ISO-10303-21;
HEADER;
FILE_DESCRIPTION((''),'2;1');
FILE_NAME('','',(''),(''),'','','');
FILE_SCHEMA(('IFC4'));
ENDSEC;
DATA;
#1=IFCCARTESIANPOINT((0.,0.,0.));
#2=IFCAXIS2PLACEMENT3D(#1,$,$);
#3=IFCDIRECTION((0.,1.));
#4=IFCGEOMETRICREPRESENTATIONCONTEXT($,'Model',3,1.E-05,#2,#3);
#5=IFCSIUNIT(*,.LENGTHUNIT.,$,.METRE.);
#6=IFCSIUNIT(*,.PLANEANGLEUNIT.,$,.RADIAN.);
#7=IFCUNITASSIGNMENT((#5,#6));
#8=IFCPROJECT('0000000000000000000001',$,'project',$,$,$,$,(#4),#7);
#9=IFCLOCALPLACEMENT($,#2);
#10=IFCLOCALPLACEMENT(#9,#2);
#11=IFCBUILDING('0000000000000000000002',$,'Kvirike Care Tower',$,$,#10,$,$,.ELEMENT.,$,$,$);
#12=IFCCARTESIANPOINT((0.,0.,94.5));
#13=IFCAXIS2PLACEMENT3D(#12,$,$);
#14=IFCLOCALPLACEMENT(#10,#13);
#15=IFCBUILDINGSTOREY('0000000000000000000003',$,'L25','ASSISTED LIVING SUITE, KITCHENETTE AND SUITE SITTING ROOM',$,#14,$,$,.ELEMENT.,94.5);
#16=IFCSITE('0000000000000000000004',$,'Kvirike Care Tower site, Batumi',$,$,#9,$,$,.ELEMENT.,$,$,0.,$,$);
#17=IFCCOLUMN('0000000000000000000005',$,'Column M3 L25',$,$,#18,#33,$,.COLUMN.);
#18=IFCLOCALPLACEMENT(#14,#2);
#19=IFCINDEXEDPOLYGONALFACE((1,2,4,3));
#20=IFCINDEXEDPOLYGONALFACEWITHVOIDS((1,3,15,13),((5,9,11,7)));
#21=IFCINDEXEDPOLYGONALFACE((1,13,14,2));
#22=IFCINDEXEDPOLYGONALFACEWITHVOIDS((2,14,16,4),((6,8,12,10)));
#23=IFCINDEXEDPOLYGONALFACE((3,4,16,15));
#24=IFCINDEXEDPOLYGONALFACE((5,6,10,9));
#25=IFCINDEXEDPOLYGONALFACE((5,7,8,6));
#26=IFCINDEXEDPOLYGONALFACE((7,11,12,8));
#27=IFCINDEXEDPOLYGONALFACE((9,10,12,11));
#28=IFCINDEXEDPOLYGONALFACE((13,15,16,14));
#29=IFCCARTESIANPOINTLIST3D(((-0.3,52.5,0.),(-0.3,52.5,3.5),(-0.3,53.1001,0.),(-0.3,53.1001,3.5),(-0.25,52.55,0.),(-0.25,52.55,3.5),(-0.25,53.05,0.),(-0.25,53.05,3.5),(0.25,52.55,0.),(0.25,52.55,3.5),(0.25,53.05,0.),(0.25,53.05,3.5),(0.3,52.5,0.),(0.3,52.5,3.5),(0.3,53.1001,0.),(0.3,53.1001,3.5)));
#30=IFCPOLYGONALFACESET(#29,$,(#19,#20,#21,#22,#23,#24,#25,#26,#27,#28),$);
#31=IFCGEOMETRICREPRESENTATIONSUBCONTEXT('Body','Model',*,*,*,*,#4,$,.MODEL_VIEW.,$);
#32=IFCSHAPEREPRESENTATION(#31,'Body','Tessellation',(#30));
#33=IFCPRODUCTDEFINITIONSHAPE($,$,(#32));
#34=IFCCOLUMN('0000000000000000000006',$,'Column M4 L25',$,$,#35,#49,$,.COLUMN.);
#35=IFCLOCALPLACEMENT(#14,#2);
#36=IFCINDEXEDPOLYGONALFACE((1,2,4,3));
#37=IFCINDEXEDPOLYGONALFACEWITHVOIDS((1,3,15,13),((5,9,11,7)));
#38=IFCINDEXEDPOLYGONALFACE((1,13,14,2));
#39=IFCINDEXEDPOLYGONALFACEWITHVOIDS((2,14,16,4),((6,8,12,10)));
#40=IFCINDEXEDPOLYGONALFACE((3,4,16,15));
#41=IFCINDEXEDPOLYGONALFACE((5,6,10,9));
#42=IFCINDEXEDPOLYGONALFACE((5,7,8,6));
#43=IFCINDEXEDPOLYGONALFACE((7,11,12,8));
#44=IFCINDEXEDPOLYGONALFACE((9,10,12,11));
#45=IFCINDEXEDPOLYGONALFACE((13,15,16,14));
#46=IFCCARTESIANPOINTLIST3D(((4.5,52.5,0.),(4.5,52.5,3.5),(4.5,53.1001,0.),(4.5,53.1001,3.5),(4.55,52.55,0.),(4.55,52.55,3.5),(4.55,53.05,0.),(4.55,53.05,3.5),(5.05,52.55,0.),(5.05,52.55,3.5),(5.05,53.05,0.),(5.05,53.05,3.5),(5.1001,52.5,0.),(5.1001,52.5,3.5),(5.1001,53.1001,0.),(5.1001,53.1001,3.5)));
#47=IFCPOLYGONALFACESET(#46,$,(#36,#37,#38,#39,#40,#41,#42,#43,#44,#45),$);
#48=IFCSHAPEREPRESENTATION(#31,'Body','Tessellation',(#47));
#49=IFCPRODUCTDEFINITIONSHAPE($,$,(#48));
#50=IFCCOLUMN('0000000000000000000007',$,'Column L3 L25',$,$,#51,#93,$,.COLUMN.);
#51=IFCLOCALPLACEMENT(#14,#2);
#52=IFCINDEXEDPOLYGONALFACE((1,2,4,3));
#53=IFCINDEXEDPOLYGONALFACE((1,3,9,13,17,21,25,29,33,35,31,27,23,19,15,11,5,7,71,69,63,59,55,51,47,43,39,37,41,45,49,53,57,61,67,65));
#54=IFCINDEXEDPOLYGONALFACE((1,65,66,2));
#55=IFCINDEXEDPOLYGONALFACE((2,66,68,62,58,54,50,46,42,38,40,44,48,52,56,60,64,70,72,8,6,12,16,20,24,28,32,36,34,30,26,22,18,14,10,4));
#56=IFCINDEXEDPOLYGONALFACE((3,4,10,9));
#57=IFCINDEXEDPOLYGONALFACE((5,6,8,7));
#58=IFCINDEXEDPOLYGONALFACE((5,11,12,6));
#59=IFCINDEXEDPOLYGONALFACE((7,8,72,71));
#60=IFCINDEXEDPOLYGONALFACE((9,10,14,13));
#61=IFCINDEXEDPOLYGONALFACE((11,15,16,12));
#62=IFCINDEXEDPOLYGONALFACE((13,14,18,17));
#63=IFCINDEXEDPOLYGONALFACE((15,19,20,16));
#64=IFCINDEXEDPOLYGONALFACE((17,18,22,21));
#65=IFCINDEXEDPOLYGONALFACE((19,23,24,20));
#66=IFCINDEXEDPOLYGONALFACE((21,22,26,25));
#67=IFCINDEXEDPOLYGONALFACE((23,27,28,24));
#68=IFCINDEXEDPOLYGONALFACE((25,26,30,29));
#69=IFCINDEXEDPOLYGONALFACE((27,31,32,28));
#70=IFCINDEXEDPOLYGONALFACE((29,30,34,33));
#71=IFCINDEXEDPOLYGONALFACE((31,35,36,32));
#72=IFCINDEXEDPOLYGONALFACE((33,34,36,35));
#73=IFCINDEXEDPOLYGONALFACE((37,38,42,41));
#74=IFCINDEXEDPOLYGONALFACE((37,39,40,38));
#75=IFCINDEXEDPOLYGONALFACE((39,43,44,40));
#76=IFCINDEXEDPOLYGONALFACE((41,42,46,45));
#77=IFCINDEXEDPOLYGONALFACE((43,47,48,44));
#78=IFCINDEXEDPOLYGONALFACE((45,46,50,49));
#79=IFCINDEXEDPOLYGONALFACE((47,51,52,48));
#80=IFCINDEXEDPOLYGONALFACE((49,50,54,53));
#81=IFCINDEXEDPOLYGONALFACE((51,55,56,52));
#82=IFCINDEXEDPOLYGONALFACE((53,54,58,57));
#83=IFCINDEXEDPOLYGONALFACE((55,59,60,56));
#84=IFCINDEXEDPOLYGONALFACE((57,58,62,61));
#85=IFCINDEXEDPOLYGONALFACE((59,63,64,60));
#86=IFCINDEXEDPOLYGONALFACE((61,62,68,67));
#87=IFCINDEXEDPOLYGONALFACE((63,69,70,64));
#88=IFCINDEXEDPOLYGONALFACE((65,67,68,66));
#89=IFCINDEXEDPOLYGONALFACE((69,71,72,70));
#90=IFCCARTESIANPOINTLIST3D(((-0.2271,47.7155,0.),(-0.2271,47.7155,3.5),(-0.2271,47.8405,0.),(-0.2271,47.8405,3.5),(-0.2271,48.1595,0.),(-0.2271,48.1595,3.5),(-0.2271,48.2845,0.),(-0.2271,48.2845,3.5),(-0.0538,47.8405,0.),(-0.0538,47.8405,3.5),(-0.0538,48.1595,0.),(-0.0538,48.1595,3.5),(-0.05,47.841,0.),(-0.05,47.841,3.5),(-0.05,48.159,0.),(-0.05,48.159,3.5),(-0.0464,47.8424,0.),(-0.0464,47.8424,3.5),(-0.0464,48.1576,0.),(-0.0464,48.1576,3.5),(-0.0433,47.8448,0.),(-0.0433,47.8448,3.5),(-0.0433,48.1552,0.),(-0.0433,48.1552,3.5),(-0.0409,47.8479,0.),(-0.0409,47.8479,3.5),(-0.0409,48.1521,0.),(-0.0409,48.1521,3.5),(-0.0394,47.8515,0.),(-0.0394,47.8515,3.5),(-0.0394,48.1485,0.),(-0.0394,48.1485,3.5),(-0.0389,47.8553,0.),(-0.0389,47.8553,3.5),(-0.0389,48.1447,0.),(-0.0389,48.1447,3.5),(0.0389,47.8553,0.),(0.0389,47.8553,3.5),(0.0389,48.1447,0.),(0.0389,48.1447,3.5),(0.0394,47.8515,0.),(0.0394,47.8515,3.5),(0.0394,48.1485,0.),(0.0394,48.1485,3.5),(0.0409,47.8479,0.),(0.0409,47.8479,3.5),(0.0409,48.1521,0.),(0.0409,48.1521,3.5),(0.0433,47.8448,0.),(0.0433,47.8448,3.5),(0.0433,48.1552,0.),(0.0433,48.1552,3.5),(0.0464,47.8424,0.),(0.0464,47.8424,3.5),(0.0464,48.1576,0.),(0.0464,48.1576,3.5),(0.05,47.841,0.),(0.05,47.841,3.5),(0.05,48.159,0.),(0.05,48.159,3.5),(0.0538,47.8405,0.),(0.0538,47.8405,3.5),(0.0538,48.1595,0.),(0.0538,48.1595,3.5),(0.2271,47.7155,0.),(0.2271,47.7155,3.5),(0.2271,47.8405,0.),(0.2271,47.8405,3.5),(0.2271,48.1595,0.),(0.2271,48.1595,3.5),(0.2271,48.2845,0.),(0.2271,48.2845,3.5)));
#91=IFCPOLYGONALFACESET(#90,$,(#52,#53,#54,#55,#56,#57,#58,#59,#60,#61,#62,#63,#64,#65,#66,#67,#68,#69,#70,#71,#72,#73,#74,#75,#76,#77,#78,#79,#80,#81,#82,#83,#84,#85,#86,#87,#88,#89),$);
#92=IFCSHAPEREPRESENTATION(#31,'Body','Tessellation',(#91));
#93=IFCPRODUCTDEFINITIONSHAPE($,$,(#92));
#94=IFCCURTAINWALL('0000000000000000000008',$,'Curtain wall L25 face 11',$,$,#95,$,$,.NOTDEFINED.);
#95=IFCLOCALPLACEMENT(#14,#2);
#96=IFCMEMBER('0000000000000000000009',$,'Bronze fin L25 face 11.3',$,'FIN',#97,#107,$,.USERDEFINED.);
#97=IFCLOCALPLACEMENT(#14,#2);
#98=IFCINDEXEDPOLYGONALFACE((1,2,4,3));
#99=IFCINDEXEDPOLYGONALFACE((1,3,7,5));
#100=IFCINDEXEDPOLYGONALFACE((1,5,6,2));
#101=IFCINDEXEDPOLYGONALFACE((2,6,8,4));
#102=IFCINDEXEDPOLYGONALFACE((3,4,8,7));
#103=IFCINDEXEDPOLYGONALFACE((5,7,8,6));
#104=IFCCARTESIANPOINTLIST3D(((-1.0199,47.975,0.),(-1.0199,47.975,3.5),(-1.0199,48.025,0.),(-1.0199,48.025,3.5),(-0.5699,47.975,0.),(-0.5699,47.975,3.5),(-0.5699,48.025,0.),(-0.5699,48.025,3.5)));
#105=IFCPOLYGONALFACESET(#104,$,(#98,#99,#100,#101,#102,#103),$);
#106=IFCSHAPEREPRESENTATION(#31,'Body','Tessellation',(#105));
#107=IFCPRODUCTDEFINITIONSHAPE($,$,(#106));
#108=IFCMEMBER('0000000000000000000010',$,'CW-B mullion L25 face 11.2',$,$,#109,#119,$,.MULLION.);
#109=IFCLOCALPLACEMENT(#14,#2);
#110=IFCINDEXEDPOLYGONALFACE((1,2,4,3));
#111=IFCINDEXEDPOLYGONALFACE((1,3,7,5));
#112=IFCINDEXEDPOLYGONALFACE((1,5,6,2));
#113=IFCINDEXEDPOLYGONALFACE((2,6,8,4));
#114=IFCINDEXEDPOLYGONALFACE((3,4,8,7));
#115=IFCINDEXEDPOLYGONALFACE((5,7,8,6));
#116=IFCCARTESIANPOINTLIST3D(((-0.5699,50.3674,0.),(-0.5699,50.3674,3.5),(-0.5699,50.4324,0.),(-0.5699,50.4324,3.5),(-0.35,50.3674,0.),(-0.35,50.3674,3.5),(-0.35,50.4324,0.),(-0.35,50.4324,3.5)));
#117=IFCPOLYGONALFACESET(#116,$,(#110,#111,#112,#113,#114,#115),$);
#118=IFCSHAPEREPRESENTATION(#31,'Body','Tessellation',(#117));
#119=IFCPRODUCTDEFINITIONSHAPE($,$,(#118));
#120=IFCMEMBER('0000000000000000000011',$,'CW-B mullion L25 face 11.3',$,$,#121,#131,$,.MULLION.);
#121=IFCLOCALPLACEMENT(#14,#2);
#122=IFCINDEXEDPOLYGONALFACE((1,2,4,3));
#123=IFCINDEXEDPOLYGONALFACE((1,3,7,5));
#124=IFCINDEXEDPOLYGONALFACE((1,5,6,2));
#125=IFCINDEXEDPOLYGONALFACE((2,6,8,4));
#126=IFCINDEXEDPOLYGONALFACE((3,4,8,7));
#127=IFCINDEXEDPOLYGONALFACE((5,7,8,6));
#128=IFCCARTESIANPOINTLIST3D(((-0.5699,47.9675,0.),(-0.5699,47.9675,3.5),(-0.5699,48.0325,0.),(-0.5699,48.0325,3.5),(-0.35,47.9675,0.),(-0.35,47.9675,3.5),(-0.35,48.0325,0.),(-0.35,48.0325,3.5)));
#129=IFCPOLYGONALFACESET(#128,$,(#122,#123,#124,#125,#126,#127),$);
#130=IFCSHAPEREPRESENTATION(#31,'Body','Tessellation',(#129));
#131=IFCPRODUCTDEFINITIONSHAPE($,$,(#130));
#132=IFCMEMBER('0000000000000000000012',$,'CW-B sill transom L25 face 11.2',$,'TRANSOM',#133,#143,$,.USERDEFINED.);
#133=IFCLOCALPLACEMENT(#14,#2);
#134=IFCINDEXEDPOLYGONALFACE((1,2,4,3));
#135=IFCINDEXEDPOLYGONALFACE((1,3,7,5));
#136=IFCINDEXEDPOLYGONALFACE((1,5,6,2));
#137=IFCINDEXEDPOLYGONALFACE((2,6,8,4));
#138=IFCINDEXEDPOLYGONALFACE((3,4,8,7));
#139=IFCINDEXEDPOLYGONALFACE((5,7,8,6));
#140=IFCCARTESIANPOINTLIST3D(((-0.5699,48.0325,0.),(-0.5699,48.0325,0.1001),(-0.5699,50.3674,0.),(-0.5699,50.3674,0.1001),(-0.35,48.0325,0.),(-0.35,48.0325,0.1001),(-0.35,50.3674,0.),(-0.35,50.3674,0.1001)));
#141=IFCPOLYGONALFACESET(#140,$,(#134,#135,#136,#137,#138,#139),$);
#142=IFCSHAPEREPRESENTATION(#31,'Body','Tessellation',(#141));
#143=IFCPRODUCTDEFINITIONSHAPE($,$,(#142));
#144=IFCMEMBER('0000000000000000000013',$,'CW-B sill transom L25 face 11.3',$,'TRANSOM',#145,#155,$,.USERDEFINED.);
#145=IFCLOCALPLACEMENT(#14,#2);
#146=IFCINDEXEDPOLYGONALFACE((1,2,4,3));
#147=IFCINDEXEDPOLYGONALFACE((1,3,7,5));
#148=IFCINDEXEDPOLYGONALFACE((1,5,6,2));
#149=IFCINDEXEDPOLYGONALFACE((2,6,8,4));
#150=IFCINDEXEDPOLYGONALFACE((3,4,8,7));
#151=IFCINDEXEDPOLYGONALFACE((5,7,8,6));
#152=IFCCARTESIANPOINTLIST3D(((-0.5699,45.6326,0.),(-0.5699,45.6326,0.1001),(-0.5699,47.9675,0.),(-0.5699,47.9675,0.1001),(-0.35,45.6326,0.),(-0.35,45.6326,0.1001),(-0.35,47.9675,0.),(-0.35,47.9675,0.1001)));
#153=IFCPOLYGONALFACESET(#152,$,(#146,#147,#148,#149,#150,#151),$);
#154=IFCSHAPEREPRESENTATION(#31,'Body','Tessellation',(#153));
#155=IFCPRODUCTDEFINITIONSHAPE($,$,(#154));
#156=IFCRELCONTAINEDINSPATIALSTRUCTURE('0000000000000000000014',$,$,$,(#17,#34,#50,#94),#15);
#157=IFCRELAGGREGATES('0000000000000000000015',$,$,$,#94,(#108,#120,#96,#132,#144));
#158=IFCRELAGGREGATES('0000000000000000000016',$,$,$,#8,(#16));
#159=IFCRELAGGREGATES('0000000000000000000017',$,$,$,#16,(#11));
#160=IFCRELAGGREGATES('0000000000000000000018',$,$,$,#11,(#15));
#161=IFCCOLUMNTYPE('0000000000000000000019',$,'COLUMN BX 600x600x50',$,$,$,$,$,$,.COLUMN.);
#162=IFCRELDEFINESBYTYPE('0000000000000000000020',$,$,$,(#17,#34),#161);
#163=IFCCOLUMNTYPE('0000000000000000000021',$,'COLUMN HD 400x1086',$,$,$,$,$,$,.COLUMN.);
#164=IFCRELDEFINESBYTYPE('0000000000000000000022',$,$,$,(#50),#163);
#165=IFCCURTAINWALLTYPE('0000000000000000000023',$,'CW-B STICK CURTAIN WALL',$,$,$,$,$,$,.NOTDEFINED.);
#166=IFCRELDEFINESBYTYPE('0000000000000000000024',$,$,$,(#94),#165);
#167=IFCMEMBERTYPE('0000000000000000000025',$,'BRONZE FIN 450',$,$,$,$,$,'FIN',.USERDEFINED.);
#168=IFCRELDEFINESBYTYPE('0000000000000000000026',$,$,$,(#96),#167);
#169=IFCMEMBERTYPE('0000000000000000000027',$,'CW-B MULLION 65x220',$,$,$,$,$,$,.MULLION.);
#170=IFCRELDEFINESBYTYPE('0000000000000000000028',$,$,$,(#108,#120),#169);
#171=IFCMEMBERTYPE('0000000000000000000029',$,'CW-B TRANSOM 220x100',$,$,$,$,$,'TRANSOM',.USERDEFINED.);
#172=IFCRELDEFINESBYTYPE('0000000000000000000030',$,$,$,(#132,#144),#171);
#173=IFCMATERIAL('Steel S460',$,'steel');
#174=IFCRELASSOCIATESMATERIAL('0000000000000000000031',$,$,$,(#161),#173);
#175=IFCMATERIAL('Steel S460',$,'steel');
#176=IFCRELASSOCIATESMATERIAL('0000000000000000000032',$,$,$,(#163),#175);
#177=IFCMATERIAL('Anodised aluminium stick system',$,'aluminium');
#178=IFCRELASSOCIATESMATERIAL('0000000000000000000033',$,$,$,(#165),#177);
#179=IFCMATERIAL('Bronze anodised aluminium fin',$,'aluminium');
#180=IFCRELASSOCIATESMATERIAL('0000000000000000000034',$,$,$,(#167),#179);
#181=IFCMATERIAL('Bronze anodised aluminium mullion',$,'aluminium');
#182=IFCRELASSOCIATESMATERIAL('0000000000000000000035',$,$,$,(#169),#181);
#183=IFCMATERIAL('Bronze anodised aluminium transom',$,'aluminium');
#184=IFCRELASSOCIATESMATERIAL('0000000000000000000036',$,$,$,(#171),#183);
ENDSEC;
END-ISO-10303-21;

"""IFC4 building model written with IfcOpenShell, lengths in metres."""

from ifc_helpers import new_model, si_unit, direction, frame, origin, origin_2d, place, context, subcontext, project, spatial, rectangle, hollow_rectangle, i_section, extrude, material, material_profile, profile_set, type_object, element, aggregate, save


model = new_model("IFC4")

# Units and contexts
model_context = context("Model", 3, precision=1e-05, world=origin(), true_north=direction((0.0, 1.0)))
body_context = subcontext(model_context, "Body", "Model", "MODEL_VIEW")
ifc_project = project(units=[si_unit("LENGTHUNIT", "METRE"), si_unit("PLANEANGLEUNIT", "RADIAN")], contexts=[model_context])

# Site, building, storey
site_placement = place(None, origin())
site = spatial("IfcSite", under=ifc_project, at=site_placement, Name="Kvirike Care Tower site, Batumi", CompositionType="ELEMENT", RefElevation=0.0)
building_placement = place(site_placement, origin())
building = spatial("IfcBuilding", under=site, at=building_placement, Name="Kvirike Care Tower", CompositionType="ELEMENT")
storey_placement = place(building_placement, frame((0.0, 0.0, 94.5)))
storey = spatial("IfcBuildingStorey", under=building, at=storey_placement, Name="L25", Description="ASSISTED LIVING SUITE, KITCHENETTE AND SUITE SITTING ROOM", CompositionType="ELEMENT", Elevation=94.5)

# Columns
ifc_material_1 = material(Name="Steel S460", Category="steel")
ifc_material_profile_1 = material_profile(ifc_material_1, hollow_rectangle(XDim=0.6001, YDim=0.6001, WallThickness=0.05, at=origin_2d()), Name="BX 600x600x50")
ifc_profile_set_1 = profile_set([ifc_material_profile_1], Name="Steel S460")
column_type_1 = type_object("IfcColumnType", Name="COLUMN BX 600x600x50", PredefinedType="COLUMN", material=ifc_profile_set_1)
for number, where, z_axis, x_axis, name in (
    (1, (0.0, 52.8, 0.0), (0.0, 0.0, 1.0), (0.0, 1.0, 0.0), "Column M3 L25"),
    (2, (4.8, 52.8, 0.0), (0.0, 0.0, 1.0), (0.0, 1.0, 0.0), "Column M4 L25"),
):
    element("IfcColumn", number, at=place(storey_placement, frame(where, z_axis=z_axis, x_axis=x_axis)), inside=storey, type_object=column_type_1, Name=name, PredefinedType="COLUMN", context=body_context, shape_type="SweptSolid", body=[
        extrude(hollow_rectangle(XDim=0.6001, YDim=0.6001, WallThickness=0.05, at=origin_2d()), origin(), (0.0, 0.0, 1.0), 3.5),
    ])
ifc_material_2 = material(Name="Steel S460", Category="steel")
ifc_material_profile_2 = material_profile(ifc_material_2, i_section(OverallWidth=0.4541, OverallDepth=0.5691, WebThickness=0.0779, FlangeThickness=0.125, FilletRadius=0.0149, at=origin_2d()), Name="HD 400x1086")
ifc_profile_set_2 = profile_set([ifc_material_profile_2], Name="Steel S460")
column_type_2 = type_object("IfcColumnType", Name="COLUMN HD 400x1086", PredefinedType="COLUMN", material=ifc_profile_set_2)
column_placement = place(storey_placement, frame((0.0, 48.0, 0.0), z_axis=(0.0, 0.0, 1.0), x_axis=(1.0, 0.0, 0.0)))
element("IfcColumn", 3, at=column_placement, inside=storey, type_object=column_type_2, Name="Column L3 L25", PredefinedType="COLUMN", context=body_context, shape_type="SweptSolid", body=[
    extrude(i_section(OverallWidth=0.4541, OverallDepth=0.5691, WebThickness=0.0779, FlangeThickness=0.125, FilletRadius=0.0149, at=origin_2d()), origin(), (0.0, 0.0, 1.0), 3.5),
])

# Curtain wall, members
ifc_material_3 = material(Name="Anodised aluminium stick system", Category="aluminium")
curtain_wall_type = type_object("IfcCurtainWallType", Name="CW-B STICK CURTAIN WALL", PredefinedType="NOTDEFINED", material=ifc_material_3)
curtain_wall_placement = place(storey_placement, origin())
curtain_wall = element("IfcCurtainWall", 4, at=curtain_wall_placement, inside=storey, type_object=curtain_wall_type, Name="Curtain wall L25 face 11", PredefinedType="NOTDEFINED")
ifc_material_4 = material(Name="Bronze anodised aluminium fin", Category="aluminium")
ifc_material_profile_3 = material_profile(ifc_material_4, rectangle(XDim=0.05, YDim=0.45, at=origin_2d()), Name="BRONZE FIN 450")
ifc_profile_set_3 = profile_set([ifc_material_profile_3], Name="Bronze anodised aluminium fin")
member_type_1 = type_object("IfcMemberType", Name="BRONZE FIN 450", ElementType="FIN", PredefinedType="USERDEFINED", material=ifc_profile_set_3)
member_1_placement = place(storey_placement, frame((-0.7949, 48.0, 0.0), z_axis=(0.0, 0.0, 1.0), x_axis=(0.0, -1.0, 0.0)))
member_1 = element("IfcMember", 5, at=member_1_placement, type_object=member_type_1, Name="Bronze fin L25 face 11.3", ObjectType="FIN", PredefinedType="USERDEFINED", context=body_context, shape_type="SweptSolid", body=[
    extrude(rectangle(XDim=0.05, YDim=0.45, at=origin_2d()), origin(), (0.0, 0.0, 1.0), 3.5),
])
ifc_material_5 = material(Name="Bronze anodised aluminium mullion", Category="aluminium")
ifc_material_profile_4 = material_profile(ifc_material_5, rectangle(XDim=0.0649, YDim=0.22, at=origin_2d()), Name="CW-B MULLION 65x220")
ifc_profile_set_4 = profile_set([ifc_material_profile_4], Name="Bronze anodised aluminium mullion")
member_type_2 = type_object("IfcMemberType", Name="CW-B MULLION 65x220", PredefinedType="MULLION", material=ifc_profile_set_4)
member_2_placement = place(storey_placement, frame((-0.46, 50.3999, 0.0), z_axis=(0.0, 0.0, 1.0), x_axis=(0.0, -1.0, 0.0)))
member_2 = element("IfcMember", 6, at=member_2_placement, type_object=member_type_2, Name="CW-B mullion L25 face 11.2", PredefinedType="MULLION", context=body_context, shape_type="SweptSolid", body=[
    extrude(rectangle(XDim=0.0649, YDim=0.22, at=origin_2d()), origin(), (0.0, 0.0, 1.0), 3.5),
])
member_3_placement = place(storey_placement, frame((-0.46, 48.0, 0.0), z_axis=(0.0, 0.0, 1.0), x_axis=(0.0, -1.0, 0.0)))
member_3 = element("IfcMember", 7, at=member_3_placement, type_object=member_type_2, Name="CW-B mullion L25 face 11.3", PredefinedType="MULLION", context=body_context, shape_type="SweptSolid", body=[
    extrude(rectangle(XDim=0.0649, YDim=0.22, at=origin_2d()), origin(), (0.0, 0.0, 1.0), 3.5),
])
ifc_material_6 = material(Name="Bronze anodised aluminium transom", Category="aluminium")
ifc_material_profile_5 = material_profile(ifc_material_6, rectangle(XDim=0.22, YDim=0.1001, at=origin_2d()), Name="CW-B TRANSOM 220x100")
ifc_profile_set_5 = profile_set([ifc_material_profile_5], Name="Bronze anodised aluminium transom")
member_type_3 = type_object("IfcMemberType", Name="CW-B TRANSOM 220x100", ElementType="TRANSOM", PredefinedType="USERDEFINED", material=ifc_profile_set_5)
member_4_placement = place(storey_placement, frame((-0.46, 50.3674, 0.05), z_axis=(0.0, -1.0, 0.0), x_axis=(1.0, 0.0, 0.0)))
member_4 = element("IfcMember", 8, at=member_4_placement, type_object=member_type_3, Name="CW-B sill transom L25 face 11.2", ObjectType="TRANSOM", PredefinedType="USERDEFINED", context=body_context, shape_type="SweptSolid", body=[
    extrude(rectangle(XDim=0.22, YDim=0.1001, at=origin_2d()), origin(), (0.0, 0.0, 1.0), 2.335),
])
member_5_placement = place(storey_placement, frame((-0.46, 47.9675, 0.05), z_axis=(0.0, -1.0, 0.0), x_axis=(1.0, 0.0, 0.0)))
member_5 = element("IfcMember", 9, at=member_5_placement, type_object=member_type_3, Name="CW-B sill transom L25 face 11.3", ObjectType="TRANSOM", PredefinedType="USERDEFINED", context=body_context, shape_type="SweptSolid", body=[
    extrude(rectangle(XDim=0.22, YDim=0.1001, at=origin_2d()), origin(), (0.0, 0.0, 1.0), 2.335),
])

aggregate(curtain_wall, [member_2, member_3, member_1, member_4, member_5])

save(model, "model.ifc")
